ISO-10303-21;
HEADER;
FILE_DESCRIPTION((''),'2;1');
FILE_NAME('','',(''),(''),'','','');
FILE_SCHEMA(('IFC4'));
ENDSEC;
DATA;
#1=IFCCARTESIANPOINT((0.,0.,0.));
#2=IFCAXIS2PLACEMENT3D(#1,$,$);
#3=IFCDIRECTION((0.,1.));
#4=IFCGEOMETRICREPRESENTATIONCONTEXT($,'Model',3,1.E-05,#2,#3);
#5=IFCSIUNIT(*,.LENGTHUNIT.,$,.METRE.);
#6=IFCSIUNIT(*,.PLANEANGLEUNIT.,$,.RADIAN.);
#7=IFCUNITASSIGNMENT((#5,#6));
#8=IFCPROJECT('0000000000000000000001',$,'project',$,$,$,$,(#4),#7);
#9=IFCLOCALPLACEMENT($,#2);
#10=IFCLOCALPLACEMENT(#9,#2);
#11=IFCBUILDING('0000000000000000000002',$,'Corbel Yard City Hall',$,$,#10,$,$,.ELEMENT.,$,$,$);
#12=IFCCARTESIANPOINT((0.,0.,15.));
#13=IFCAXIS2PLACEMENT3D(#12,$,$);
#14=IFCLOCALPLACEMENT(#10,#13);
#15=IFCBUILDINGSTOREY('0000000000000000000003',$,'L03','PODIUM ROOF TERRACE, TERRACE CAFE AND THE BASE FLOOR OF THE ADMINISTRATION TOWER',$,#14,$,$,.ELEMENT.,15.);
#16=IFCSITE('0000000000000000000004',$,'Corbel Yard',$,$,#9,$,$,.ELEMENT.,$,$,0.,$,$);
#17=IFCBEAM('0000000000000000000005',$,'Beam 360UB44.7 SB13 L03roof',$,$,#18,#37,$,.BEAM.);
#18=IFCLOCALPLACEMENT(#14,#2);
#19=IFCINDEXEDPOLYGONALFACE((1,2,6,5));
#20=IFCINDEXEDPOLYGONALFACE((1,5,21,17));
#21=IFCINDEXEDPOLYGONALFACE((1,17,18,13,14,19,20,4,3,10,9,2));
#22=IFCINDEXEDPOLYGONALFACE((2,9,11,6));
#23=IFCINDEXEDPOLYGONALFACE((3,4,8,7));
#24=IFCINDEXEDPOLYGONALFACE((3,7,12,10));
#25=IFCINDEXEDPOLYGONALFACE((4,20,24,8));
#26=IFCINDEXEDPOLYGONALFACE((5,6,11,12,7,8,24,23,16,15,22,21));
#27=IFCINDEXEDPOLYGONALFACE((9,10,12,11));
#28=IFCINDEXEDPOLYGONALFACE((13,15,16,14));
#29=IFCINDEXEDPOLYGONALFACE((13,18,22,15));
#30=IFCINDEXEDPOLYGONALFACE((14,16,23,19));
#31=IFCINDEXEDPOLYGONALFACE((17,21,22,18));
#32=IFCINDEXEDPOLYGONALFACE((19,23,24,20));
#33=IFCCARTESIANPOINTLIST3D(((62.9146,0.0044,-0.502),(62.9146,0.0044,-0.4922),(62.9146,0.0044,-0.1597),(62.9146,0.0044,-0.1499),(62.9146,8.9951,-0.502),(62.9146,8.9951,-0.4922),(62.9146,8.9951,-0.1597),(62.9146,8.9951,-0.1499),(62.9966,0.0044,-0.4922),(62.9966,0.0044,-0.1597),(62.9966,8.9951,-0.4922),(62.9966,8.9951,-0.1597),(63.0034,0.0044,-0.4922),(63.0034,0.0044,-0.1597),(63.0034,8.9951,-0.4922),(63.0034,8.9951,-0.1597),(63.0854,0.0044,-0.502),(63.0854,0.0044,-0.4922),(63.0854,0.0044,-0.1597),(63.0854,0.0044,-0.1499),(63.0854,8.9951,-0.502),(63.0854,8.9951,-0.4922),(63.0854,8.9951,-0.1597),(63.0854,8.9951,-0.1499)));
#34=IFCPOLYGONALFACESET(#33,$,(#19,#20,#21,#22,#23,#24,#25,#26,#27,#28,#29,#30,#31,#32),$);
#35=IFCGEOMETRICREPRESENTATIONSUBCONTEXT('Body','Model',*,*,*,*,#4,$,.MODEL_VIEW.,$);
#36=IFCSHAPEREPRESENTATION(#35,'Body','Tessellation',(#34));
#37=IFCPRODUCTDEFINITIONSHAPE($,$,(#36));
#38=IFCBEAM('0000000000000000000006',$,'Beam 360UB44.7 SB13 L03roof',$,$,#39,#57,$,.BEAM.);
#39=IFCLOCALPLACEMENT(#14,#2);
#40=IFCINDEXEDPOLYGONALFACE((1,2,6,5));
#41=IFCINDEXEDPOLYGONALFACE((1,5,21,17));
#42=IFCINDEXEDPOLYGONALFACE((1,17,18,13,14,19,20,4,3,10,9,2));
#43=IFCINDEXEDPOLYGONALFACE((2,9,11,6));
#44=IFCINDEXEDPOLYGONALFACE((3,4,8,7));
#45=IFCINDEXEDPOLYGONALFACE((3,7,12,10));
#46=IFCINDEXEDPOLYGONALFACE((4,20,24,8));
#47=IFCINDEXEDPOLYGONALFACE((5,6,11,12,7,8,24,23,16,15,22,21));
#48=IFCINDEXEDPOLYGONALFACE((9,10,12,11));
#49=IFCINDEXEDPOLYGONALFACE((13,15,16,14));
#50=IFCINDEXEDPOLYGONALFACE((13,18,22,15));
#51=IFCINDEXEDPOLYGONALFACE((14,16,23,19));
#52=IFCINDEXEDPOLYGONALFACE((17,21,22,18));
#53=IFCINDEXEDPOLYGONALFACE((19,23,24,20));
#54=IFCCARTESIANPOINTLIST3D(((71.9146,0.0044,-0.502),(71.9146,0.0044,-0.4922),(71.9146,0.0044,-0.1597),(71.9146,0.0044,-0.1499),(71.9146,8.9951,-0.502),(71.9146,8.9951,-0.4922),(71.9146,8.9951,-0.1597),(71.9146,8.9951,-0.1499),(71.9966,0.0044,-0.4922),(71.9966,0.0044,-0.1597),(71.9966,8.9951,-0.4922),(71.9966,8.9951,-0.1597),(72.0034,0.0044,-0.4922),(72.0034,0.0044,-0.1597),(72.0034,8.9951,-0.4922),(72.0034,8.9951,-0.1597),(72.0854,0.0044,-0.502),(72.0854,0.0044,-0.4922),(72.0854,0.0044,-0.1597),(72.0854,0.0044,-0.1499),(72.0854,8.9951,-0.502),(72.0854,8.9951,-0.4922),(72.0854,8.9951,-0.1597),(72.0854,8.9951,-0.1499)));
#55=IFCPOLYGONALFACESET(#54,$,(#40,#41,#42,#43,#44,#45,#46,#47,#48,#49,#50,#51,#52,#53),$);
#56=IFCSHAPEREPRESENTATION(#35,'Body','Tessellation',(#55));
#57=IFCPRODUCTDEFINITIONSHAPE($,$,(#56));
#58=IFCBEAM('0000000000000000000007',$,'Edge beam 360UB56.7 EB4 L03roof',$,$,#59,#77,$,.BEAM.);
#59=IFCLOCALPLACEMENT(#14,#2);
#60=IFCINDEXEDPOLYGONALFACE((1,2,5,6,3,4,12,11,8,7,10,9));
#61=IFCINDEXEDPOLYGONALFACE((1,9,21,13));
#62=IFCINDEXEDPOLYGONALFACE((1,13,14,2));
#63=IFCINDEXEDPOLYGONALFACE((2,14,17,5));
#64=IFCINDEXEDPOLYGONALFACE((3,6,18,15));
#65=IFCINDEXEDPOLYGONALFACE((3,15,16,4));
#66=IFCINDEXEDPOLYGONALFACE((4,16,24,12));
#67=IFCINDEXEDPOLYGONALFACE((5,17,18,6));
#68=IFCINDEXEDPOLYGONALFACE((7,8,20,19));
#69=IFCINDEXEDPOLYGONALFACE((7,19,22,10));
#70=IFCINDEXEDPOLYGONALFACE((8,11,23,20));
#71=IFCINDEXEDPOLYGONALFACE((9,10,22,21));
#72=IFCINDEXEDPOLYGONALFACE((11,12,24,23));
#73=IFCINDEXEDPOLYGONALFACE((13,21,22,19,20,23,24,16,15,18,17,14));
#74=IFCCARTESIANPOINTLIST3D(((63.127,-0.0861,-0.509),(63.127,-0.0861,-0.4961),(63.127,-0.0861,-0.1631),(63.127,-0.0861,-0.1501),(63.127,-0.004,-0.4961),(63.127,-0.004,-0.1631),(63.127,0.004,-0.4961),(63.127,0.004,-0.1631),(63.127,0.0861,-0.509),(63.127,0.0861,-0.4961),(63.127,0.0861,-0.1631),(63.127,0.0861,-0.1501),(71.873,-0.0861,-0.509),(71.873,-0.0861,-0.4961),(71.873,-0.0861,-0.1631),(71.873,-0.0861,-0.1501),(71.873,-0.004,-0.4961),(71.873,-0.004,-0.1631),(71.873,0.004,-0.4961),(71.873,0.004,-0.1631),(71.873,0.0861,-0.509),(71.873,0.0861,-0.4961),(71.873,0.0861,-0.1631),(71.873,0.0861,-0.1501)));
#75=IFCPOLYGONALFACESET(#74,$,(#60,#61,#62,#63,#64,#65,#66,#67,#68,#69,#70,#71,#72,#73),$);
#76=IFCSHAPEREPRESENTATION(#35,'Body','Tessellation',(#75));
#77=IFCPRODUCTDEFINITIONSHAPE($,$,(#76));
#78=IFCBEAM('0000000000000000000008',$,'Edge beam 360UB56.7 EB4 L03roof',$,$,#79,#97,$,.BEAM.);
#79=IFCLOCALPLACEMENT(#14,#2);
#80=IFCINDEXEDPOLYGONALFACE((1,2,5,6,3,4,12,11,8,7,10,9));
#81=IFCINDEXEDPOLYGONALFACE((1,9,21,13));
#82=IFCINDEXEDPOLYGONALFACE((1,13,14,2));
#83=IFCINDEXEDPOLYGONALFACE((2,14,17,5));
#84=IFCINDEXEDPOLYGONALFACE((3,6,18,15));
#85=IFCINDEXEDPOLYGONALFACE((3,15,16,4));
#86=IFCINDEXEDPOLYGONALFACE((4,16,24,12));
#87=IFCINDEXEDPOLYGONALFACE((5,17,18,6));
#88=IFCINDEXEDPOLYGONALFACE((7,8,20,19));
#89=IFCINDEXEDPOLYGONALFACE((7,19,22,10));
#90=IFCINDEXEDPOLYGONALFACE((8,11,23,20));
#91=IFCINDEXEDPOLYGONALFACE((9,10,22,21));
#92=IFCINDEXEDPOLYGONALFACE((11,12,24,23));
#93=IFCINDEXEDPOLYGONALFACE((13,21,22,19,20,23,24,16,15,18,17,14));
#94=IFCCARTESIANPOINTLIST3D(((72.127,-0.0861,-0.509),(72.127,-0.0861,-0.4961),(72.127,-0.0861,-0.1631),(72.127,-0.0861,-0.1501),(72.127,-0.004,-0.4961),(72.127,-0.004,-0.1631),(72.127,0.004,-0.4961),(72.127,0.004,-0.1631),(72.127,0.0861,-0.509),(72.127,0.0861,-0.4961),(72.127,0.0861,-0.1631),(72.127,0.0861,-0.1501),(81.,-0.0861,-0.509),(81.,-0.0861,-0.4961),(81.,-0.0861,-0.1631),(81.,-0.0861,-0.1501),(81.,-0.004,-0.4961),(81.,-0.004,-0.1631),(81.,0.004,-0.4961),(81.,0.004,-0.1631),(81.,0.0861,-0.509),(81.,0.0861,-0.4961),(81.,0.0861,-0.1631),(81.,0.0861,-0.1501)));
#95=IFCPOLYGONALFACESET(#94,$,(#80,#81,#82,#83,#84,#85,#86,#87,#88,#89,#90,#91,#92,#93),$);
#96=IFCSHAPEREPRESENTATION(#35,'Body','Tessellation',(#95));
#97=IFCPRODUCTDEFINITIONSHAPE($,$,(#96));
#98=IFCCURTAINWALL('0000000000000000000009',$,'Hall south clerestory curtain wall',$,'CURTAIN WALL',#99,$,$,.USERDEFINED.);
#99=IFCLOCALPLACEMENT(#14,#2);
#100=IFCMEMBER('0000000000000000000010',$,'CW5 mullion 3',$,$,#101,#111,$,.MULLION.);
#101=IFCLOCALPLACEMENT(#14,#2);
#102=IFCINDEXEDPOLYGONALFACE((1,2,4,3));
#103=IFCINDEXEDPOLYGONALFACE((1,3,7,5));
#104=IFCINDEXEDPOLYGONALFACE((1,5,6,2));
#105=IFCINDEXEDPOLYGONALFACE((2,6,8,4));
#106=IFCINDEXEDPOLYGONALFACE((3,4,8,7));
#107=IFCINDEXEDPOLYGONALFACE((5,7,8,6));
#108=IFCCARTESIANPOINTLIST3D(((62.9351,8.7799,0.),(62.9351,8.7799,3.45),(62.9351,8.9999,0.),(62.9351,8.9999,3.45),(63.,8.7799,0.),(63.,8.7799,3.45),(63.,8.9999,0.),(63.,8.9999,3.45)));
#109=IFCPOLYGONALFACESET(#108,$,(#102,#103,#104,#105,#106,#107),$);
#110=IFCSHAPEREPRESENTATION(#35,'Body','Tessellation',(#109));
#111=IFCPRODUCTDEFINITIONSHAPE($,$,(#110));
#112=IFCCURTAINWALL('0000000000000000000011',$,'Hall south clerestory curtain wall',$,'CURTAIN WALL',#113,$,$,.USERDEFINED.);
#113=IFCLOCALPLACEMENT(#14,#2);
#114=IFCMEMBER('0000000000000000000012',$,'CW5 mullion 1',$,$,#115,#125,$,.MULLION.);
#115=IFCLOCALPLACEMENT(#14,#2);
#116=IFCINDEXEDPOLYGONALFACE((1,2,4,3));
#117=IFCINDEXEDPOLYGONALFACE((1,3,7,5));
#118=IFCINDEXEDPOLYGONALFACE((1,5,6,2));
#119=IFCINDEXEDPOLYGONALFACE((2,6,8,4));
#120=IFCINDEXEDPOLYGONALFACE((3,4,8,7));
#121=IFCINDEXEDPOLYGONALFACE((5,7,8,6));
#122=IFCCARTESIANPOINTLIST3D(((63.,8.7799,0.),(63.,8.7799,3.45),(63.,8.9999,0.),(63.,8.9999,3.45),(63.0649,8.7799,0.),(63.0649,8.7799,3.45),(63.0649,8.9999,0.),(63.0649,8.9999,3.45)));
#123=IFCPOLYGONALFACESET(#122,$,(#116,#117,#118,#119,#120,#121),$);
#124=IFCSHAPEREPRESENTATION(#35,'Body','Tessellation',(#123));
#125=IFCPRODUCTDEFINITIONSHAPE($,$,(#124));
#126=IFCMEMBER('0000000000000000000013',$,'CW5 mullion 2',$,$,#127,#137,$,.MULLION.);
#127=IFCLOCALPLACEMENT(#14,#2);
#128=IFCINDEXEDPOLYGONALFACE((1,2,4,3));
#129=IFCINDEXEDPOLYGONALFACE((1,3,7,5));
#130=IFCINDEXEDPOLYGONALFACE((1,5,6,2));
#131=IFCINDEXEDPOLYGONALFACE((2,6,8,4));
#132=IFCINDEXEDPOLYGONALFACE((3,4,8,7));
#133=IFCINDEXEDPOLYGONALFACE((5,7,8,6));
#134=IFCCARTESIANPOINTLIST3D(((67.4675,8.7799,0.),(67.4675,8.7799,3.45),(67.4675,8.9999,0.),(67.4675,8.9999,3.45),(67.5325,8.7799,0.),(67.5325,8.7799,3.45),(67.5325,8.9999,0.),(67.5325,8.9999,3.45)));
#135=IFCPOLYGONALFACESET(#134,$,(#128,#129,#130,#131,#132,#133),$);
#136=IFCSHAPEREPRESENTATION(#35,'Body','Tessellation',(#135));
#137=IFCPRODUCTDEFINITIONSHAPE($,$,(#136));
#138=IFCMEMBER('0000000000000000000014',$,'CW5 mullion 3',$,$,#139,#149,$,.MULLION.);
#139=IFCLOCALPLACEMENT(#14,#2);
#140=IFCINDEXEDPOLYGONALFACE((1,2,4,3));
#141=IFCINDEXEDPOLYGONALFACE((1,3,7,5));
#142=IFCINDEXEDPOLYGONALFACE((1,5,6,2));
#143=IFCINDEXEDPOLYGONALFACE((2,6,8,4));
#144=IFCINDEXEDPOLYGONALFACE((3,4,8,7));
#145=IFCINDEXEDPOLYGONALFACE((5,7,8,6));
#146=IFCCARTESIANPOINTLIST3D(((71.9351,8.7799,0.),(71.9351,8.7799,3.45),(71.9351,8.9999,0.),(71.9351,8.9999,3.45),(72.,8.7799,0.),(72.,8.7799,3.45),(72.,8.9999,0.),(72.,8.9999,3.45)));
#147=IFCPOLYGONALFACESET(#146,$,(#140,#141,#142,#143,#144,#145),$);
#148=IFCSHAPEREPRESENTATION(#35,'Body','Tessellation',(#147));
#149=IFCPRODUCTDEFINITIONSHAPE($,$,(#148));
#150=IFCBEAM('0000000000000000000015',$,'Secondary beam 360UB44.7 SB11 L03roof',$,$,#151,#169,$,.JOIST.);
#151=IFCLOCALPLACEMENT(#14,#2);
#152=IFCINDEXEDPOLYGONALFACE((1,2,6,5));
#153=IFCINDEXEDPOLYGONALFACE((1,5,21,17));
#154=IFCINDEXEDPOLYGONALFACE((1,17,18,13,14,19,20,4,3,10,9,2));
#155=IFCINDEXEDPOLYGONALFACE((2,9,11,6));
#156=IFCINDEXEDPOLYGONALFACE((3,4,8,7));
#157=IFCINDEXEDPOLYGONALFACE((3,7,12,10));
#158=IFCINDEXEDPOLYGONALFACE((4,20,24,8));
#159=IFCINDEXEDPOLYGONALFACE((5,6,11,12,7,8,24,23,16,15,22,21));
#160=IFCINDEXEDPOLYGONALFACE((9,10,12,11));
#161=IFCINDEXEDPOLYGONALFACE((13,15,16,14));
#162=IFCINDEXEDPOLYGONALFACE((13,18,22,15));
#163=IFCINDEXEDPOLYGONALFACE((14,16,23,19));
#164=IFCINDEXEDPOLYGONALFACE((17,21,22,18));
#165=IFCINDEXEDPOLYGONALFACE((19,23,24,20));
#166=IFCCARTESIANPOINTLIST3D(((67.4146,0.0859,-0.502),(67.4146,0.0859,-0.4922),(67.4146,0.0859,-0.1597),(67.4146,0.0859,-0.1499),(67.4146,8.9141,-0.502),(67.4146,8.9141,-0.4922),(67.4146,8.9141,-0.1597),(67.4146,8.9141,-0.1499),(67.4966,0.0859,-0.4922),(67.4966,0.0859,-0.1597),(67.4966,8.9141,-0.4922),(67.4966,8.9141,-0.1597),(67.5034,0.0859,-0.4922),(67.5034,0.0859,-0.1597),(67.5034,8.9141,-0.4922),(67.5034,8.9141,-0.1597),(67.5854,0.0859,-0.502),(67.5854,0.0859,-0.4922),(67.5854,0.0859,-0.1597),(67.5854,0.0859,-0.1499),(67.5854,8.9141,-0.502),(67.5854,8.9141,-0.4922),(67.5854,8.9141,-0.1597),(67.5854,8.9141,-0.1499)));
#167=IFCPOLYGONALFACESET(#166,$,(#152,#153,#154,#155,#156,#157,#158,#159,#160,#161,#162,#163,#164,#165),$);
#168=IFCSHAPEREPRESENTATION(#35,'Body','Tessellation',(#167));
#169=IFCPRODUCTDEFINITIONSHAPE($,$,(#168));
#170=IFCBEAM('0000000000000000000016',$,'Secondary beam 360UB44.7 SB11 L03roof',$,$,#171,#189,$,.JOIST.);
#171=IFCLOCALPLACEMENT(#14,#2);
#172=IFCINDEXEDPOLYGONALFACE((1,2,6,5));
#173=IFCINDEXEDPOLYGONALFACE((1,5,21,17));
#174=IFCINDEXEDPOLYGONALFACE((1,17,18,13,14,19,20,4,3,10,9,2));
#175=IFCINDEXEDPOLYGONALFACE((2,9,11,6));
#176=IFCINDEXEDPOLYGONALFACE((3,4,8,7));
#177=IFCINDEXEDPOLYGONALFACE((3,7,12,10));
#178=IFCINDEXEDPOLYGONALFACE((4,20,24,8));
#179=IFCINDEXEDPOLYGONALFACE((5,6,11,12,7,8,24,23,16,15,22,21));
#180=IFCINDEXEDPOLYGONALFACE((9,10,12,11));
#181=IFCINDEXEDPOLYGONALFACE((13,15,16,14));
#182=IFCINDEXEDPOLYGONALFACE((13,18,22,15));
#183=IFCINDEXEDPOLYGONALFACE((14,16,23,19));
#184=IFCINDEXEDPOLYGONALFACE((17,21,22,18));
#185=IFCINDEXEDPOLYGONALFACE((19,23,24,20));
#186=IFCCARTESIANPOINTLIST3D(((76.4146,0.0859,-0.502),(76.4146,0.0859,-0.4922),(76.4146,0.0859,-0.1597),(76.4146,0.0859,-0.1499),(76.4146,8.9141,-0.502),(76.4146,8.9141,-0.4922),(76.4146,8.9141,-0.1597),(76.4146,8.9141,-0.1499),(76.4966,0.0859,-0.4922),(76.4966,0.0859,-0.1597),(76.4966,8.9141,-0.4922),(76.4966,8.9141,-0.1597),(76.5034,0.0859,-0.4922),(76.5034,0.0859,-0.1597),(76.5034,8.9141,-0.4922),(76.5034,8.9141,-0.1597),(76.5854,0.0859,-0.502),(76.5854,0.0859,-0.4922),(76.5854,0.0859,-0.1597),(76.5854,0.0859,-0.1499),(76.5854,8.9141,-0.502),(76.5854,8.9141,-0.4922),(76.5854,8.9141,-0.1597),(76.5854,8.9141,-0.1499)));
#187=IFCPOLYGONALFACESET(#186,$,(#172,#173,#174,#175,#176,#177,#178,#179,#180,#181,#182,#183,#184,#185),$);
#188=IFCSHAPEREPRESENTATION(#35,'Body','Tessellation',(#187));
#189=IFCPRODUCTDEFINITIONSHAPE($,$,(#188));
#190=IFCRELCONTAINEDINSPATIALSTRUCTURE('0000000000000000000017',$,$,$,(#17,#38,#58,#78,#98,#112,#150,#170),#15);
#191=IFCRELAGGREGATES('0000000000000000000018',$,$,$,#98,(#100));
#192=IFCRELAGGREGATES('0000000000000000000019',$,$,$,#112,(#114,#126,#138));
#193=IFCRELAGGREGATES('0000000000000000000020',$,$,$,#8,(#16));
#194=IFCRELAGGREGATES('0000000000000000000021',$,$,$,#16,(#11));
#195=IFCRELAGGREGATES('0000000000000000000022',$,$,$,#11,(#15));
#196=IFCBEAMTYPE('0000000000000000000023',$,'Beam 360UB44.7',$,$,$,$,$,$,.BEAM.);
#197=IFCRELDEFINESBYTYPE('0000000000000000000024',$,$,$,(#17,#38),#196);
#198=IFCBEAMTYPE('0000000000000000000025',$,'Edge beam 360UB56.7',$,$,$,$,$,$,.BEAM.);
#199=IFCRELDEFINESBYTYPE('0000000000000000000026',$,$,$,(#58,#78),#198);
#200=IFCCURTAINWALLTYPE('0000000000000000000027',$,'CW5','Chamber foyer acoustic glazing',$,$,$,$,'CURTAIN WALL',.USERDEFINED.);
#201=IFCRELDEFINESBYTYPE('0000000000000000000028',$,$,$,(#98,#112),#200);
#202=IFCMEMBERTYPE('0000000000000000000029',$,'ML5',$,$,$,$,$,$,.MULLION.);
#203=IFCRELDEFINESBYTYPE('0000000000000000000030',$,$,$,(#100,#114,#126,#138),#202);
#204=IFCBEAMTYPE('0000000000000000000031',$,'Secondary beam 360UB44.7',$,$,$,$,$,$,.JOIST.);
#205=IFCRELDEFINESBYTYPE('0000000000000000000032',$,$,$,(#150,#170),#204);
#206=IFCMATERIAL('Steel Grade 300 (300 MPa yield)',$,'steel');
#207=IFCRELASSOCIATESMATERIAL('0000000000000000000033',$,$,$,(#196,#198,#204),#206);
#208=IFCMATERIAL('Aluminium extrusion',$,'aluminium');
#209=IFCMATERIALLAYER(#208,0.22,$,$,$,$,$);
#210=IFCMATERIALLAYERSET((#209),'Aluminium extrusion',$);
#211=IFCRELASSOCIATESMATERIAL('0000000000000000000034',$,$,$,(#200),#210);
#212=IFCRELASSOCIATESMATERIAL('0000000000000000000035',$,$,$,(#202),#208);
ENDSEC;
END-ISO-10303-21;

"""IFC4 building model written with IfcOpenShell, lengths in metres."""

from ifc_helpers import new_model, si_unit, direction, frame, origin, origin_2d, place, context, subcontext, project, spatial, rectangle, i_section, extrude, material, layer, layer_set, material_profile, profile_set, type_object, element, aggregate, save


model = new_model("IFC4")

# Units and contexts
model_context = context("Model", 3, precision=1e-05, world=origin(), true_north=direction((0.0, 1.0)))
body_context = subcontext(model_context, "Body", "Model", "MODEL_VIEW")
ifc_project = project(units=[si_unit("LENGTHUNIT", "METRE"), si_unit("PLANEANGLEUNIT", "RADIAN")], contexts=[model_context])

# Site, building, storey
site_placement = place(None, origin())
site = spatial("IfcSite", under=ifc_project, at=site_placement, Name="Corbel Yard", CompositionType="ELEMENT", RefElevation=0.0)
building_placement = place(site_placement, origin())
building = spatial("IfcBuilding", under=site, at=building_placement, Name="Corbel Yard City Hall", CompositionType="ELEMENT")
storey_placement = place(building_placement, frame((0.0, 0.0, 15.0)))
storey = spatial("IfcBuildingStorey", under=building, at=storey_placement, Name="L03", Description="PODIUM ROOF TERRACE, TERRACE CAFE AND THE BASE FLOOR OF THE ADMINISTRATION TOWER", CompositionType="ELEMENT", Elevation=15.0)

# Beams
ifc_material_1 = material(Name="Steel Grade 300 (300 MPa yield)", Category="steel")
ifc_material_profile_1 = material_profile(ifc_material_1, i_section(OverallWidth=0.1709, OverallDepth=0.3521, WebThickness=0.0068, FlangeThickness=0.0098, at=origin_2d()), Name="360UB44.7")
ifc_profile_set_1 = profile_set([ifc_material_profile_1], Name="Steel Grade 300 (300 MPa yield)")
beam_type_1 = type_object("IfcBeamType", Name="Beam 360UB44.7", PredefinedType="BEAM", material=ifc_profile_set_1)
for number, where, z_axis, x_axis, name in (
    (1, (63.0, 0.0044, -0.3259), (0.0, 1.0, 0.0), (-1.0, 0.0, 0.0), "Beam 360UB44.7 SB13 L03roof"),
    (2, (72.0, 0.0044, -0.3259), (0.0, 1.0, 0.0), (-1.0, 0.0, 0.0), "Beam 360UB44.7 SB13 L03roof"),
):
    element("IfcBeam", number, at=place(storey_placement, frame(where, z_axis=z_axis, x_axis=x_axis)), inside=storey, type_object=beam_type_1, Name=name, PredefinedType="BEAM", context=body_context, shape_type="SweptSolid", body=[
        extrude(i_section(OverallWidth=0.1709, OverallDepth=0.3521, WebThickness=0.0068, FlangeThickness=0.0098, at=origin_2d()), origin(), (0.0, 0.0, 1.0), 8.9907),
    ])
ifc_material_profile_2 = material_profile(ifc_material_1, i_section(OverallWidth=0.1721, OverallDepth=0.3589, WebThickness=0.0081, FlangeThickness=0.0129, at=origin_2d()), Name="360UB56.7")
ifc_profile_set_2 = profile_set([ifc_material_profile_2], Name="Steel Grade 300 (300 MPa yield)")
beam_type_2 = type_object("IfcBeamType", Name="Edge beam 360UB56.7", PredefinedType="BEAM", material=ifc_profile_set_2)
beam_1_placement = place(storey_placement, frame((63.127, 0.0, -0.3296), z_axis=(1.0, 0.0, 0.0), x_axis=(0.0, 1.0, 0.0)))
element("IfcBeam", 3, at=beam_1_placement, inside=storey, type_object=beam_type_2, Name="Edge beam 360UB56.7 EB4 L03roof", PredefinedType="BEAM", context=body_context, shape_type="SweptSolid", body=[
    extrude(i_section(OverallWidth=0.1721, OverallDepth=0.3589, WebThickness=0.0081, FlangeThickness=0.0129, at=origin_2d()), origin(), (0.0, 0.0, 1.0), 8.7461),
])
beam_2_placement = place(storey_placement, frame((72.127, 0.0, -0.3296), z_axis=(1.0, 0.0, 0.0), x_axis=(0.0, 1.0, 0.0)))
element("IfcBeam", 4, at=beam_2_placement, inside=storey, type_object=beam_type_2, Name="Edge beam 360UB56.7 EB4 L03roof", PredefinedType="BEAM", context=body_context, shape_type="SweptSolid", body=[
    extrude(i_section(OverallWidth=0.1721, OverallDepth=0.3589, WebThickness=0.0081, FlangeThickness=0.0129, at=origin_2d()), origin(), (0.0, 0.0, 1.0), 8.873),
])

# Curtain wall, member
ifc_material_2 = material(Name="Aluminium extrusion", Category="aluminium")
ifc_layer_1 = layer(ifc_material_2, 0.22)
ifc_layer_set_1 = layer_set([ifc_layer_1], Name="Aluminium extrusion")
curtain_wall_type = type_object("IfcCurtainWallType", Name="CW5", Description="Chamber foyer acoustic glazing", ElementType="CURTAIN WALL", PredefinedType="USERDEFINED", material=ifc_layer_set_1)
curtain_wall_1_placement = place(storey_placement, origin())
curtain_wall_1 = element("IfcCurtainWall", 5, at=curtain_wall_1_placement, inside=storey, type_object=curtain_wall_type, Name="Hall south clerestory curtain wall", ObjectType="CURTAIN WALL", PredefinedType="USERDEFINED")
ifc_material_profile_3 = material_profile(ifc_material_2, rectangle(XDim=0.22, YDim=0.0649, at=origin_2d()), Name="220x65")
ifc_profile_set_3 = profile_set([ifc_material_profile_3], Name="Aluminium extrusion")
member_type_1 = type_object("IfcMemberType", Name="ML5", PredefinedType="MULLION", material=ifc_profile_set_3)
member_1_placement = place(storey_placement, frame((62.9675, 8.8899, 0.0), z_axis=(0.0, 0.0, 1.0), x_axis=(0.0, 1.0, 0.0)))
member_1 = element("IfcMember", 6, at=member_1_placement, type_object=member_type_1, Name="CW5 mullion 3", PredefinedType="MULLION", context=body_context, shape_type="SweptSolid", body=[
    extrude(rectangle(XDim=0.22, YDim=0.0649, at=origin_2d()), origin(), (0.0, 0.0, 1.0), 3.45),
])

# Curtain wall, members
curtain_wall_2_placement = place(storey_placement, origin())
curtain_wall_2 = element("IfcCurtainWall", 7, at=curtain_wall_2_placement, inside=storey, type_object=curtain_wall_type, Name="Hall south clerestory curtain wall", ObjectType="CURTAIN WALL", PredefinedType="USERDEFINED")
member_2_placement = place(storey_placement, frame((63.0325, 8.8899, 0.0), z_axis=(0.0, 0.0, 1.0), x_axis=(0.0, 1.0, 0.0)))
member_2 = element("IfcMember", 8, at=member_2_placement, type_object=member_type_1, Name="CW5 mullion 1", PredefinedType="MULLION", context=body_context, shape_type="SweptSolid", body=[
    extrude(rectangle(XDim=0.22, YDim=0.0649, at=origin_2d()), origin(), (0.0, 0.0, 1.0), 3.45),
])
member_3_placement = place(storey_placement, frame((67.5, 8.8899, 0.0), z_axis=(0.0, 0.0, 1.0), x_axis=(0.0, 1.0, 0.0)))
member_3 = element("IfcMember", 9, at=member_3_placement, type_object=member_type_1, Name="CW5 mullion 2", PredefinedType="MULLION", context=body_context, shape_type="SweptSolid", body=[
    extrude(rectangle(XDim=0.22, YDim=0.0649, at=origin_2d()), origin(), (0.0, 0.0, 1.0), 3.45),
])
member_4_placement = place(storey_placement, frame((71.9675, 8.8899, 0.0), z_axis=(0.0, 0.0, 1.0), x_axis=(0.0, 1.0, 0.0)))
member_4 = element("IfcMember", 10, at=member_4_placement, type_object=member_type_1, Name="CW5 mullion 3", PredefinedType="MULLION", context=body_context, shape_type="SweptSolid", body=[
    extrude(rectangle(XDim=0.22, YDim=0.0649, at=origin_2d()), origin(), (0.0, 0.0, 1.0), 3.45),
])

# Beams
ifc_material_profile_4 = material_profile(ifc_material_1, i_section(OverallWidth=0.1709, OverallDepth=0.3521, WebThickness=0.0068, FlangeThickness=0.0098, at=origin_2d()), Name="360UB44.7")
ifc_profile_set_4 = profile_set([ifc_material_profile_4], Name="Steel Grade 300 (300 MPa yield)")
beam_type_3 = type_object("IfcBeamType", Name="Secondary beam 360UB44.7", PredefinedType="JOIST", material=ifc_profile_set_4)
for number, where, z_axis, x_axis, name in (
    (11, (67.5, 0.0859, -0.3259), (0.0, 1.0, 0.0), (-1.0, 0.0, 0.0), "Secondary beam 360UB44.7 SB11 L03roof"),
    (12, (76.5, 0.0859, -0.3259), (0.0, 1.0, 0.0), (-1.0, 0.0, 0.0), "Secondary beam 360UB44.7 SB11 L03roof"),
):
    element("IfcBeam", number, at=place(storey_placement, frame(where, z_axis=z_axis, x_axis=x_axis)), inside=storey, type_object=beam_type_3, Name=name, PredefinedType="JOIST", context=body_context, shape_type="SweptSolid", body=[
        extrude(i_section(OverallWidth=0.1709, OverallDepth=0.3521, WebThickness=0.0068, FlangeThickness=0.0098, at=origin_2d()), origin(), (0.0, 0.0, 1.0), 8.8281),
    ])

aggregate(curtain_wall_1, [member_1])
aggregate(curtain_wall_2, [member_2, member_3, member_4])

save(model, "model.ifc")
